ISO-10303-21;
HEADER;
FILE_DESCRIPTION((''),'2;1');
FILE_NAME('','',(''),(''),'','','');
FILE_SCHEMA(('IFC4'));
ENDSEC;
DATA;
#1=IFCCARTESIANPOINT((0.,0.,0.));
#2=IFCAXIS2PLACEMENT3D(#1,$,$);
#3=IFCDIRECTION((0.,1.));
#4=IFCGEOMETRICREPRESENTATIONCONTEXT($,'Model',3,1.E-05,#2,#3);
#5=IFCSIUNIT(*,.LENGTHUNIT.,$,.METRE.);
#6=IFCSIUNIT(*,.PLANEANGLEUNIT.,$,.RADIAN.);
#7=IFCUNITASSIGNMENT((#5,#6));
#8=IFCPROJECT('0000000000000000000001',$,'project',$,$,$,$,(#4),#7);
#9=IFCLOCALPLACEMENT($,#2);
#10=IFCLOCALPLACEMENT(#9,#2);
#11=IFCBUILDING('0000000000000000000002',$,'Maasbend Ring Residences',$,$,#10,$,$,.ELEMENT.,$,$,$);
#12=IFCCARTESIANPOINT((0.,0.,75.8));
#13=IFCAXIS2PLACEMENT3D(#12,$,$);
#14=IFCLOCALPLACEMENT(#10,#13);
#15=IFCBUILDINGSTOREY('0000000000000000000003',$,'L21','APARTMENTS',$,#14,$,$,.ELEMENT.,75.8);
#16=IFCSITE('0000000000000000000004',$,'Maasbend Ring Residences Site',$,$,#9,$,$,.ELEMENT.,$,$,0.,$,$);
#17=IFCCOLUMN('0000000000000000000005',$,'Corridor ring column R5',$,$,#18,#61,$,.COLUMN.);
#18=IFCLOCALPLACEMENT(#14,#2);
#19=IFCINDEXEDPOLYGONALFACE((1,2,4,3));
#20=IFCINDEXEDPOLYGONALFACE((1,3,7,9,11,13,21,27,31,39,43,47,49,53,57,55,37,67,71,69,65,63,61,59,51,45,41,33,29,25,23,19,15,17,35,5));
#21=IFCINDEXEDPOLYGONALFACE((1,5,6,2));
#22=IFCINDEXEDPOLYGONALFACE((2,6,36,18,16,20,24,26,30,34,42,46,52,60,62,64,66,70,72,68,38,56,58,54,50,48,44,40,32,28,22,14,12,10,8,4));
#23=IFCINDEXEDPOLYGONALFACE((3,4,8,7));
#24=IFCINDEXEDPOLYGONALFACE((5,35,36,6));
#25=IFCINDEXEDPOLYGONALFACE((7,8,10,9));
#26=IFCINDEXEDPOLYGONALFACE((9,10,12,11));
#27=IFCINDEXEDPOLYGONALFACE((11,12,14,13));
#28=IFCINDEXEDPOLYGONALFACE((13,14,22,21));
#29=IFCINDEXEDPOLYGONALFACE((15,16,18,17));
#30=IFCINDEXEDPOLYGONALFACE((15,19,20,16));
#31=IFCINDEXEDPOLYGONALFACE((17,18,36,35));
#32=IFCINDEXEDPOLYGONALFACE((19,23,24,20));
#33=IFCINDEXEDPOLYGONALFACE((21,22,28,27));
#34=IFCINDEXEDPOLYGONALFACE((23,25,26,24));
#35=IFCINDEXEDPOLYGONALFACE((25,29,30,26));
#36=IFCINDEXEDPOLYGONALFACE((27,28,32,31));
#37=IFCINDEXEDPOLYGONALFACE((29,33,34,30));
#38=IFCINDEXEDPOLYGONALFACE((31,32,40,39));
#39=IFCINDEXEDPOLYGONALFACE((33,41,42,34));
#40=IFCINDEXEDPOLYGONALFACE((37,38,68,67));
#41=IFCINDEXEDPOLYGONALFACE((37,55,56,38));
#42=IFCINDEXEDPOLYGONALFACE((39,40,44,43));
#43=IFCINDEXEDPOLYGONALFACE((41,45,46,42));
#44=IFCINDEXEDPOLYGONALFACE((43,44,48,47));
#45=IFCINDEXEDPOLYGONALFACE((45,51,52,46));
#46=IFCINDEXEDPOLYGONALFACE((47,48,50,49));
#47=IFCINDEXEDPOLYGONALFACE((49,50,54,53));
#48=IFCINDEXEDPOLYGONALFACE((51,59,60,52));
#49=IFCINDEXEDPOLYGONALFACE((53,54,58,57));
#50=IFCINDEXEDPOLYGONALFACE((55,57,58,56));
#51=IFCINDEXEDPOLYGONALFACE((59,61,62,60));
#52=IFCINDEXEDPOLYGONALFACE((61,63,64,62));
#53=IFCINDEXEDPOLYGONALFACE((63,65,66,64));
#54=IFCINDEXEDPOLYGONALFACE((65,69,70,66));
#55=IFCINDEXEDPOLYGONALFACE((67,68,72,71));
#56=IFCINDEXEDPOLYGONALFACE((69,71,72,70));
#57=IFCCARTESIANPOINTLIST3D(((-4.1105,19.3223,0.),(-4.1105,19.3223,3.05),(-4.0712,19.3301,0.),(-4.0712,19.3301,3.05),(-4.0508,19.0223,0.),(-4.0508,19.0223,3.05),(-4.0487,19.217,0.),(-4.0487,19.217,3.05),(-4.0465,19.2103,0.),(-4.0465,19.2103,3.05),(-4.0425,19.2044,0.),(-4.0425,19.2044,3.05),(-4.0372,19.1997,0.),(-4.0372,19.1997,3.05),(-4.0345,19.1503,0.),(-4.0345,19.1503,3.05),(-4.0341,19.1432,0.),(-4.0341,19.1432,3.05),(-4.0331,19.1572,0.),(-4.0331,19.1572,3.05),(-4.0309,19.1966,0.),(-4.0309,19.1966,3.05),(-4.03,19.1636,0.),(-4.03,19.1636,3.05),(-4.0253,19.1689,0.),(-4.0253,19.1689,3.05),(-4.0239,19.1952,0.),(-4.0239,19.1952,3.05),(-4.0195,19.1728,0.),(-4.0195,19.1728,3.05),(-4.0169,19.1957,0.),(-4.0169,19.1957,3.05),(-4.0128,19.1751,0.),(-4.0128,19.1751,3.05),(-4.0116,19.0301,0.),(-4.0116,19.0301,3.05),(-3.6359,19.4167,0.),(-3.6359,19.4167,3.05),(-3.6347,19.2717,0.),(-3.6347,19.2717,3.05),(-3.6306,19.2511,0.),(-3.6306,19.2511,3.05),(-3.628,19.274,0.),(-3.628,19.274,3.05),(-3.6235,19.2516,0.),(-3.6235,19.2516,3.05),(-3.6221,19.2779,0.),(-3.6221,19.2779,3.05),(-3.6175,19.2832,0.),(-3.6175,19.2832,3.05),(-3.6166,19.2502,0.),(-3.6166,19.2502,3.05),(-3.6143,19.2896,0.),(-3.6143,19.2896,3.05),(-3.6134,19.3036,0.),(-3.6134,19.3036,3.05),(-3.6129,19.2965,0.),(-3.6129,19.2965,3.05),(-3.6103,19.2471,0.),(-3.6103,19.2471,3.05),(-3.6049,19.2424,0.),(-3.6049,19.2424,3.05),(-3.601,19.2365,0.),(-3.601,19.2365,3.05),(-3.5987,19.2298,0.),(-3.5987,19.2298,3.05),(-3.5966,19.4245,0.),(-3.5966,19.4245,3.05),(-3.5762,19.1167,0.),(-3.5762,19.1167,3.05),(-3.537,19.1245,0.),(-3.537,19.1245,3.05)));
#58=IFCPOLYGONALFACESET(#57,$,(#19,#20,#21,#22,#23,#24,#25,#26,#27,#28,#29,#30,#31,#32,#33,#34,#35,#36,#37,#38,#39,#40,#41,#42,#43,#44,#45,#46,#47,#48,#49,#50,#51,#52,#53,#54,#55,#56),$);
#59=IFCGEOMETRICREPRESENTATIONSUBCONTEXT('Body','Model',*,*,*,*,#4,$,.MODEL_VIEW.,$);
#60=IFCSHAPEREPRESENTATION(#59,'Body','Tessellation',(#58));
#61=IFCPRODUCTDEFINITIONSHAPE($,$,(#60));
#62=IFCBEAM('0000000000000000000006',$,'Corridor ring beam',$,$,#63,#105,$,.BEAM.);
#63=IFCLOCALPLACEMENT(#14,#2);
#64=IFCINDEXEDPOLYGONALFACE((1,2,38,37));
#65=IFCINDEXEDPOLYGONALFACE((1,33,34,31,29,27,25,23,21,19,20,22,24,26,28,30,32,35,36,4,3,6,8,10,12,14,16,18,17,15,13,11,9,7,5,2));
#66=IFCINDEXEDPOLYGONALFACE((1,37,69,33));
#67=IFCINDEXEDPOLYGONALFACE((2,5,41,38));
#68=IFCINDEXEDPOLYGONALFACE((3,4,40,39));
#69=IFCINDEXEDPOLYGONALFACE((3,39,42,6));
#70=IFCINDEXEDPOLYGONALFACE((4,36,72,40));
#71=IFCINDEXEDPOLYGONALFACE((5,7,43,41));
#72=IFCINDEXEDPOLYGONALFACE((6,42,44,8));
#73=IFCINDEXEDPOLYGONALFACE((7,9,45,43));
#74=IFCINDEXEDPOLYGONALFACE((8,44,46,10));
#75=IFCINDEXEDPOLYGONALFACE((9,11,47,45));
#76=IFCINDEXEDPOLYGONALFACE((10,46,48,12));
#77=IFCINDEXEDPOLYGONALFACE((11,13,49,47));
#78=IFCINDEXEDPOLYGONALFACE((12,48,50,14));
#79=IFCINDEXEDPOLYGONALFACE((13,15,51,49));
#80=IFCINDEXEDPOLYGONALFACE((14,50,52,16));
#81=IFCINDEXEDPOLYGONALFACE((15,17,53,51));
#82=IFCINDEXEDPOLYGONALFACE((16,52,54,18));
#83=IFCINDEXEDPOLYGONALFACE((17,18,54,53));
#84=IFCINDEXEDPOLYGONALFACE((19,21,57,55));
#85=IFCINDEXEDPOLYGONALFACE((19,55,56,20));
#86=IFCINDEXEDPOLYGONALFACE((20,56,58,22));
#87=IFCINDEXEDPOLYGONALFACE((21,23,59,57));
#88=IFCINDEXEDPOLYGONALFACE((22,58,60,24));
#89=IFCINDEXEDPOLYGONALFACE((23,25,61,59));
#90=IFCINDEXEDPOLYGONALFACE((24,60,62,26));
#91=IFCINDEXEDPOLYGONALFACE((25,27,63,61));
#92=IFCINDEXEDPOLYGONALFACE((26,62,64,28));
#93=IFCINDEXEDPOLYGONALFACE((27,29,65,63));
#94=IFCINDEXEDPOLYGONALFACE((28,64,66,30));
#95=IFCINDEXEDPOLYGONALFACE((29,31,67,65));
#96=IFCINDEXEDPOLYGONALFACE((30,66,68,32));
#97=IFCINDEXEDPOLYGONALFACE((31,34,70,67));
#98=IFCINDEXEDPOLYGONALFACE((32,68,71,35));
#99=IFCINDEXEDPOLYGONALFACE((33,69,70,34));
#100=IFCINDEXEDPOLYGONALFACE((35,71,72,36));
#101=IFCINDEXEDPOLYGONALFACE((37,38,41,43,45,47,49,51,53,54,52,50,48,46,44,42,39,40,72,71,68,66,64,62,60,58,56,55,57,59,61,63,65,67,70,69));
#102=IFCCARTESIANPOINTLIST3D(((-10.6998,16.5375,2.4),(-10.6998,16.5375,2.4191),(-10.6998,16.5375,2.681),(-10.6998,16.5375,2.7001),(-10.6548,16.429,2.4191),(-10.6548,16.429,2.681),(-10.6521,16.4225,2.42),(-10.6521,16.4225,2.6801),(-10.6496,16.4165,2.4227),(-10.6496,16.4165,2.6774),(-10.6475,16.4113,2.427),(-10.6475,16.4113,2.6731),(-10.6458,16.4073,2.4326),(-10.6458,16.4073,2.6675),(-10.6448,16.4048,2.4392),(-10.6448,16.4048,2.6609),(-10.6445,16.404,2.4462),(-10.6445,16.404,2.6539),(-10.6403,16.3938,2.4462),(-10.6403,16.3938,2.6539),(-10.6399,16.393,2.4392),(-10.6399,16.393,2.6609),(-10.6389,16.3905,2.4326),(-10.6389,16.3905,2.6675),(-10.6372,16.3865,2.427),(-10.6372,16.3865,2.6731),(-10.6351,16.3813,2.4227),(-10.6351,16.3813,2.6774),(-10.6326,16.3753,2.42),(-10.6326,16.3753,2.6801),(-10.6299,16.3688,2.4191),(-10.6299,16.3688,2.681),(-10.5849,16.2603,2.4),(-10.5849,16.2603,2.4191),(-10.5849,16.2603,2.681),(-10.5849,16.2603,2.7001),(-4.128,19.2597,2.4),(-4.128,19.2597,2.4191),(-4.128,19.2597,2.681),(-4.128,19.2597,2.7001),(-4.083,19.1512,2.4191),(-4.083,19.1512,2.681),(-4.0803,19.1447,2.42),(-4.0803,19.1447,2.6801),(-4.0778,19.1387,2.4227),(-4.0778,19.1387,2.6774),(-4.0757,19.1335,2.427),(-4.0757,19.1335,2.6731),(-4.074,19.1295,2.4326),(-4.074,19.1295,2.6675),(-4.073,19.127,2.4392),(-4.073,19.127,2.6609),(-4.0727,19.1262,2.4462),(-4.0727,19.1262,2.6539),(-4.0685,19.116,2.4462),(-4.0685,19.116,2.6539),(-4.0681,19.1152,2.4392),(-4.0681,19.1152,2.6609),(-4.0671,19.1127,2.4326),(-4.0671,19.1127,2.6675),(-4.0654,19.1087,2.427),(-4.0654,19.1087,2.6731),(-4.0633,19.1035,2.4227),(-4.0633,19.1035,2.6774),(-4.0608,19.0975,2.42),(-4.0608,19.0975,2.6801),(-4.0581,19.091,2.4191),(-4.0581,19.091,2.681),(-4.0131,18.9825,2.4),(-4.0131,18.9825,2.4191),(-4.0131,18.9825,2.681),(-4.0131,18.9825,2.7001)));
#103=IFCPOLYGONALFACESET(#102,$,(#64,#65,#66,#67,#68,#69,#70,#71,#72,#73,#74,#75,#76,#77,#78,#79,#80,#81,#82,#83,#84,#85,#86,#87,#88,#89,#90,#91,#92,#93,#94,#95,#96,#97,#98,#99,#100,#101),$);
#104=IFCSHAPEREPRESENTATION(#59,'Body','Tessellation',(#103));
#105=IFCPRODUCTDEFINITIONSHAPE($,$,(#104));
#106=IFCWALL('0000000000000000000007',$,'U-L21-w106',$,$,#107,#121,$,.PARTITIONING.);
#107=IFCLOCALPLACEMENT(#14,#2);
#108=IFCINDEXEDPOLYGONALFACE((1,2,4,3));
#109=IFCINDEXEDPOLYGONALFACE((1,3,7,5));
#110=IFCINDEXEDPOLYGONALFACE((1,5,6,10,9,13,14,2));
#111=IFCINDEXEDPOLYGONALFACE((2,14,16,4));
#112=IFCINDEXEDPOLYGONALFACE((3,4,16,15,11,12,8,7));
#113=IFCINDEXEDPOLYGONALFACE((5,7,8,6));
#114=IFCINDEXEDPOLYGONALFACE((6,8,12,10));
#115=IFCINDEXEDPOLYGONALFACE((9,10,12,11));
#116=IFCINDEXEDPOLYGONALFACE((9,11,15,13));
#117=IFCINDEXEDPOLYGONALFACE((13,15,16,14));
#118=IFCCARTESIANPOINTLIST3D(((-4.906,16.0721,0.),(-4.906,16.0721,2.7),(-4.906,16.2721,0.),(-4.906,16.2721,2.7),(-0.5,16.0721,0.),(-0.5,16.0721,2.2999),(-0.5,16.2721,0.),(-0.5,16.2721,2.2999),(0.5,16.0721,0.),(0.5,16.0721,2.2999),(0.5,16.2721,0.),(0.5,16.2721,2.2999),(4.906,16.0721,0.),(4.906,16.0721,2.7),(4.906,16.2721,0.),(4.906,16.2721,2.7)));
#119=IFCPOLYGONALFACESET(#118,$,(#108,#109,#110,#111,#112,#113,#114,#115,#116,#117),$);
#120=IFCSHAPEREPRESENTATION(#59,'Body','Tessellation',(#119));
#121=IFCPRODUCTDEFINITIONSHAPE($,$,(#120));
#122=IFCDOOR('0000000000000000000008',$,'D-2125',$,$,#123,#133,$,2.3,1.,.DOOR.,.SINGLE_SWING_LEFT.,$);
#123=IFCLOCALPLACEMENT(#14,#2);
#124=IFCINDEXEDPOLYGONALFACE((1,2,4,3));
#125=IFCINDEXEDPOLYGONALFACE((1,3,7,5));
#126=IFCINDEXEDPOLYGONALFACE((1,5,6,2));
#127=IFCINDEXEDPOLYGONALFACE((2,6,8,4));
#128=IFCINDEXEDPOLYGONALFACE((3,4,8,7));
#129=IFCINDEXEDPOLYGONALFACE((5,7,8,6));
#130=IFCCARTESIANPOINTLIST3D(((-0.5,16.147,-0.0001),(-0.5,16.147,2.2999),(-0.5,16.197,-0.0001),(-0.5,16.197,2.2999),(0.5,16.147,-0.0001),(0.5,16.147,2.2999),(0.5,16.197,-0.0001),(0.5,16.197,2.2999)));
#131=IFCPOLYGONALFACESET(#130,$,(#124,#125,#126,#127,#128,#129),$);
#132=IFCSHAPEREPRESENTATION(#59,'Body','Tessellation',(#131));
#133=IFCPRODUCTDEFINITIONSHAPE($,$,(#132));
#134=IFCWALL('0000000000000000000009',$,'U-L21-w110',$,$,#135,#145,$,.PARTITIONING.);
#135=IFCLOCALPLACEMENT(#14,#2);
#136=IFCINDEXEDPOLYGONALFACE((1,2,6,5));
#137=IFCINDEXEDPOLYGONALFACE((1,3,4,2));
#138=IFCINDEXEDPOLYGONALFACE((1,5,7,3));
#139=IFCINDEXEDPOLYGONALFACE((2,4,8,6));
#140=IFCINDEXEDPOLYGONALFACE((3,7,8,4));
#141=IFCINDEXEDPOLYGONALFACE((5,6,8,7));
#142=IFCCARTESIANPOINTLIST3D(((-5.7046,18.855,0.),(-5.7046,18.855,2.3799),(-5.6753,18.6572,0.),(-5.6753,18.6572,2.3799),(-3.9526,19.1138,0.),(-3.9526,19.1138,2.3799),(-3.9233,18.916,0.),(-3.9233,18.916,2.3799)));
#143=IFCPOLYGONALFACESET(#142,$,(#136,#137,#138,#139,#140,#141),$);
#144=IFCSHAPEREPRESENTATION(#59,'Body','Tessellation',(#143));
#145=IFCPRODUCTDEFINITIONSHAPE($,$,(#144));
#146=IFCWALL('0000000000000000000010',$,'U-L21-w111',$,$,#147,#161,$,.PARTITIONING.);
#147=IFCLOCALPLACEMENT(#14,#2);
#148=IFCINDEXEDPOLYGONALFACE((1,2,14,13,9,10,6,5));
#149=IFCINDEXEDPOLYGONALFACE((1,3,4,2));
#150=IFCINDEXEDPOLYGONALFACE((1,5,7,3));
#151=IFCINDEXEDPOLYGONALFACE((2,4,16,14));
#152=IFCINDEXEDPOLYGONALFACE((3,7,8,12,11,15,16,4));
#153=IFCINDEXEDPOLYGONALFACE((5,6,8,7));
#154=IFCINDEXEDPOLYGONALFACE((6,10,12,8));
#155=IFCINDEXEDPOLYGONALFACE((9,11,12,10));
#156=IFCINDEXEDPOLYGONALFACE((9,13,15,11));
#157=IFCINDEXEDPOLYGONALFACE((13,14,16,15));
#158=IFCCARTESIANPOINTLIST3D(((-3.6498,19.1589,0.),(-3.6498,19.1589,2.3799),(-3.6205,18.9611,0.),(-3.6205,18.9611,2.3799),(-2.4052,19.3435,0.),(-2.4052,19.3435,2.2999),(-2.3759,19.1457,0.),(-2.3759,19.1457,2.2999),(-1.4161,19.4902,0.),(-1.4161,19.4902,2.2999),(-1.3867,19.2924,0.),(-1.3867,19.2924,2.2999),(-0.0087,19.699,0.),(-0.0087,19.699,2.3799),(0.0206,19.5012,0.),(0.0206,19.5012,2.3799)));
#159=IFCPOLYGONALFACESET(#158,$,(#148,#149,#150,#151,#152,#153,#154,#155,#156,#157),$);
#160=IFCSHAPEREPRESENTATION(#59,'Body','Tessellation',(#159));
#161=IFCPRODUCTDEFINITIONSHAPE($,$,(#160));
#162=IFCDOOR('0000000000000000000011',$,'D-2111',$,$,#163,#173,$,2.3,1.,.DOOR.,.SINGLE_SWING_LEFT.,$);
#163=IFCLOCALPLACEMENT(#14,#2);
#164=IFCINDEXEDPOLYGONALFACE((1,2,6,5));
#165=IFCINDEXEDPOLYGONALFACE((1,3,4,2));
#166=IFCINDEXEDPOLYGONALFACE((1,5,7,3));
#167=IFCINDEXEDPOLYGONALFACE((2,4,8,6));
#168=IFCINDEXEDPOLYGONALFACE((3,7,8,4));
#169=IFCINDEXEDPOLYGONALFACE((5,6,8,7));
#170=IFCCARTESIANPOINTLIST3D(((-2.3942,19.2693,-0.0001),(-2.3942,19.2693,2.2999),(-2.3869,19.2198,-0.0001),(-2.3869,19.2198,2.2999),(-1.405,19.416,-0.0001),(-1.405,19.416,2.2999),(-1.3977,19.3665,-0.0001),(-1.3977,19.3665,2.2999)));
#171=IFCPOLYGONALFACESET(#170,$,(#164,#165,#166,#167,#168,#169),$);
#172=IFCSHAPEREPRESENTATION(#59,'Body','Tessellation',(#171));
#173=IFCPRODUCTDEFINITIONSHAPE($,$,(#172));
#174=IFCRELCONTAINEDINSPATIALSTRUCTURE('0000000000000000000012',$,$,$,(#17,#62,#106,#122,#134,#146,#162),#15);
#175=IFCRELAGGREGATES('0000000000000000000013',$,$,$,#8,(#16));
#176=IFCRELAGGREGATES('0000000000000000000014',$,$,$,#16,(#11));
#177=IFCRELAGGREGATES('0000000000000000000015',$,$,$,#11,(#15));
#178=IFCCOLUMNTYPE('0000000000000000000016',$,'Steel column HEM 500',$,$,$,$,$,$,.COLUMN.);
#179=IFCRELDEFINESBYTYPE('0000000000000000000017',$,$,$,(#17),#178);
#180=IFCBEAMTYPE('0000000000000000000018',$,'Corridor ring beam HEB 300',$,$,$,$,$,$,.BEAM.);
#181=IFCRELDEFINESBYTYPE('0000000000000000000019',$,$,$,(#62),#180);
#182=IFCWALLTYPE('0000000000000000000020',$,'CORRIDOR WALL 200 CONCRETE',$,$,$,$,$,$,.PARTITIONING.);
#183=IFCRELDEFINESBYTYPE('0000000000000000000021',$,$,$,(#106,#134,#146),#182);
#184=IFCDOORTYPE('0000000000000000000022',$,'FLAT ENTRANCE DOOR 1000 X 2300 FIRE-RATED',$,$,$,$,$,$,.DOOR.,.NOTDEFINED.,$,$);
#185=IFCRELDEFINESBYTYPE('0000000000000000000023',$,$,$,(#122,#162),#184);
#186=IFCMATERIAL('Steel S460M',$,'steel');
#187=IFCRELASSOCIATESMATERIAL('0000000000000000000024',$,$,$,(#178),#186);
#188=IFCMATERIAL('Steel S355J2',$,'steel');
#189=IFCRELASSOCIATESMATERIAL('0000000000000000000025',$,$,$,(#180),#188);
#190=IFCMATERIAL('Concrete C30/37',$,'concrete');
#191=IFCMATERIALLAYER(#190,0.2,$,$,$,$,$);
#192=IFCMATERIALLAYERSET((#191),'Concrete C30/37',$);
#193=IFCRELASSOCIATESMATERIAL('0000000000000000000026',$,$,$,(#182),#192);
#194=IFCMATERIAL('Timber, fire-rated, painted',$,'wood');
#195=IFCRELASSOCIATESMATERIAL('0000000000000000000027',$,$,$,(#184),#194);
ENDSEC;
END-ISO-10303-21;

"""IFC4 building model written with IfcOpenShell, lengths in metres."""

from ifc_helpers import new_model, si_unit, direction, frame, frame_2d, origin, origin_2d, place, context, subcontext, project, spatial, rectangle, i_section, extrude, material, layer, layer_set, material_profile, profile_set, type_object, element, fill, save


model = new_model("IFC4")

# Units and contexts
model_context = context("Model", 3, precision=1e-05, world=origin(), true_north=direction((0.0, 1.0)))
body_context = subcontext(model_context, "Body", "Model", "MODEL_VIEW")
ifc_project = project(units=[si_unit("LENGTHUNIT", "METRE"), si_unit("PLANEANGLEUNIT", "RADIAN")], contexts=[model_context])

# Site, building, storey
site_placement = place(None, origin())
site = spatial("IfcSite", under=ifc_project, at=site_placement, Name="Maasbend Ring Residences Site", CompositionType="ELEMENT", RefElevation=0.0)
building_placement = place(site_placement, origin())
building = spatial("IfcBuilding", under=site, at=building_placement, Name="Maasbend Ring Residences", CompositionType="ELEMENT")
storey_placement = place(building_placement, frame((0.0, 0.0, 75.8)))
storey = spatial("IfcBuildingStorey", under=building, at=storey_placement, Name="L21", Description="APARTMENTS", CompositionType="ELEMENT", Elevation=75.8)

# Column
ifc_material_1 = material(Name="Steel S460M", Category="steel")
ifc_material_profile_1 = material_profile(ifc_material_1, i_section(OverallWidth=0.3059, OverallDepth=0.5239, WebThickness=0.021, FlangeThickness=0.04, FilletRadius=0.0271, at=origin_2d()), Name="HEM 500")
ifc_profile_set_1 = profile_set([ifc_material_profile_1], Name="Steel S460M")
column_type = type_object("IfcColumnType", Name="Steel column HEM 500", PredefinedType="COLUMN", material=ifc_profile_set_1)
column_placement = place(storey_placement, frame((-3.8237, 19.2234, 0.0), z_axis=(0.0, 0.0, 1.0), x_axis=(-0.19509, 0.980785, 0.0)))
element("IfcColumn", 1, at=column_placement, inside=storey, type_object=column_type, Name="Corridor ring column R5", PredefinedType="COLUMN", context=body_context, shape_type="SweptSolid", body=[
    extrude(i_section(OverallWidth=0.3059, OverallDepth=0.5239, WebThickness=0.021, FlangeThickness=0.04, FilletRadius=0.0271, at=origin_2d()), origin(), (0.0, 0.0, 1.0), 3.05),
])

# Beam
ifc_material_2 = material(Name="Steel S355J2", Category="steel")
ifc_material_profile_2 = material_profile(ifc_material_2, i_section(OverallWidth=0.3, OverallDepth=0.3, WebThickness=0.011, FlangeThickness=0.019, FilletRadius=0.0271, at=origin_2d()), Name="HEB 300")
ifc_profile_set_2 = profile_set([ifc_material_profile_2], Name="Steel S355J2")
beam_type = type_object("IfcBeamType", Name="Corridor ring beam HEB 300", PredefinedType="BEAM", material=ifc_profile_set_2)
beam_placement = place(storey_placement, frame((-4.0706, 19.1211, 2.55), z_axis=(-0.923877, -0.382689, 0.0), x_axis=(0.382689, -0.923877, 0.0)))
element("IfcBeam", 2, at=beam_placement, inside=storey, type_object=beam_type, Name="Corridor ring beam", PredefinedType="BEAM", context=body_context, shape_type="SweptSolid", body=[
    extrude(i_section(OverallWidth=0.3, OverallDepth=0.3, WebThickness=0.011, FlangeThickness=0.019, FilletRadius=0.0271, at=origin_2d()), origin(), (0.0, 0.0, 1.0), 7.1133),
])

# Wall, opening, door
ifc_material_3 = material(Name="Concrete C30/37", Category="concrete")
ifc_layer_1 = layer(ifc_material_3, 0.2)
ifc_layer_set_1 = layer_set([ifc_layer_1], Name="Concrete C30/37")
wall_type_1 = type_object("IfcWallType", Name="CORRIDOR WALL 200 CONCRETE", PredefinedType="PARTITIONING", material=ifc_layer_set_1)
wall_1_placement = place(storey_placement, frame((-4.906, 16.1721, 0.0), z_axis=(0.0, 0.0, 1.0), x_axis=(1.0, 0.0, 0.0)))
wall_1 = element("IfcWall", 3, at=wall_1_placement, inside=storey, type_object=wall_type_1, Name="U-L21-w106", PredefinedType="PARTITIONING", context=body_context, shape_type="SweptSolid", body=[
    extrude(rectangle(XDim=9.812, YDim=0.2, at=frame_2d((4.906, 0.0))), origin(), (0.0, 0.0, 1.0), 2.7),
])
opening_1_placement = place(wall_1_placement, frame((4.406, 0.0, 0.0)))
opening_1 = element("IfcOpeningElement", 4, at=opening_1_placement, cuts=wall_1, PredefinedType="OPENING", context=body_context, shape_type="SweptSolid", body=[
    extrude(rectangle(XDim=1.0, YDim=2.3, at=frame_2d((0.5, 1.1499))), frame((0.0, 0.1099, 0.0), z_axis=(0.0, -1.0, 0.0), x_axis=(1.0, 0.0, 0.0)), (0.0, 0.0, 1.0), 0.22),
])
ifc_material_4 = material(Name="Timber, fire-rated, painted", Category="wood")
door_type_1 = type_object("IfcDoorType", Name="FLAT ENTRANCE DOOR 1000 X 2300 FIRE-RATED", OperationType="NOTDEFINED", PredefinedType="DOOR", material=ifc_material_4)
door_1_placement = place(opening_1_placement, origin())
door_1 = element("IfcDoor", 5, at=door_1_placement, inside=storey, type_object=door_type_1, Name="D-2125", OperationType="SINGLE_SWING_LEFT", OverallHeight=2.3, OverallWidth=1.0, PredefinedType="DOOR", context=body_context, shape_type="SweptSolid", body=[
    extrude(rectangle(XDim=1.0, YDim=2.3, at=frame_2d((0.5, 1.1499))), frame((0.0, 0.0249, 0.0), z_axis=(0.0, -1.0, 0.0), x_axis=(1.0, 0.0, 0.0)), (0.0, 0.0, 1.0), 0.05),
])
fill(opening_1, door_1)

# Wall
wall_2_placement = place(storey_placement, frame((-5.6899, 18.7561, 0.0), z_axis=(0.0, 0.0, 1.0), x_axis=(0.989266, 0.146129, 0.0)))
element("IfcWall", 6, at=wall_2_placement, inside=storey, type_object=wall_type_1, Name="U-L21-w110", PredefinedType="PARTITIONING", context=body_context, shape_type="SweptSolid", body=[
    extrude(rectangle(XDim=1.771, YDim=0.2, at=frame_2d((0.8855, 0.0))), origin(), (0.0, 0.0, 1.0), 2.3799),
])

# Wall, opening, door
wall_3_placement = place(storey_placement, frame((-3.635, 19.0601, 0.0), z_axis=(0.0, 0.0, 1.0), x_axis=(0.989179, 0.146712, 0.0)))
wall_3 = element("IfcWall", 7, at=wall_3_placement, inside=storey, type_object=wall_type_1, Name="U-L21-w111", PredefinedType="PARTITIONING", context=body_context, shape_type="SweptSolid", body=[
    extrude(rectangle(XDim=3.6809, YDim=0.2, at=frame_2d((1.8403, 0.0))), origin(), (0.0, 0.0, 1.0), 2.3799),
])
opening_2_placement = place(wall_3_placement, frame((1.2581, 0.0, 0.0)))
opening_2 = element("IfcOpeningElement", 8, at=opening_2_placement, cuts=wall_3, PredefinedType="OPENING", context=body_context, shape_type="SweptSolid", body=[
    extrude(rectangle(XDim=1.0, YDim=2.3, at=frame_2d((0.5, 1.1499))), frame((0.0, 0.1099, 0.0), z_axis=(0.0, -1.0, 0.0), x_axis=(1.0, 0.0, 0.0)), (0.0, 0.0, 1.0), 0.22),
])
door_2_placement = place(opening_2_placement, origin())
door_2 = element("IfcDoor", 9, at=door_2_placement, inside=storey, type_object=door_type_1, Name="D-2111", OperationType="SINGLE_SWING_LEFT", OverallHeight=2.3, OverallWidth=1.0, PredefinedType="DOOR", context=body_context, shape_type="SweptSolid", body=[
    extrude(rectangle(XDim=1.0, YDim=2.3, at=frame_2d((0.5, 1.1499))), frame((0.0, 0.0249, 0.0), z_axis=(0.0, -1.0, 0.0), x_axis=(1.0, 0.0, 0.0)), (0.0, 0.0, 1.0), 0.05),
])
fill(opening_2, door_2)

save(model, "model.ifc")
